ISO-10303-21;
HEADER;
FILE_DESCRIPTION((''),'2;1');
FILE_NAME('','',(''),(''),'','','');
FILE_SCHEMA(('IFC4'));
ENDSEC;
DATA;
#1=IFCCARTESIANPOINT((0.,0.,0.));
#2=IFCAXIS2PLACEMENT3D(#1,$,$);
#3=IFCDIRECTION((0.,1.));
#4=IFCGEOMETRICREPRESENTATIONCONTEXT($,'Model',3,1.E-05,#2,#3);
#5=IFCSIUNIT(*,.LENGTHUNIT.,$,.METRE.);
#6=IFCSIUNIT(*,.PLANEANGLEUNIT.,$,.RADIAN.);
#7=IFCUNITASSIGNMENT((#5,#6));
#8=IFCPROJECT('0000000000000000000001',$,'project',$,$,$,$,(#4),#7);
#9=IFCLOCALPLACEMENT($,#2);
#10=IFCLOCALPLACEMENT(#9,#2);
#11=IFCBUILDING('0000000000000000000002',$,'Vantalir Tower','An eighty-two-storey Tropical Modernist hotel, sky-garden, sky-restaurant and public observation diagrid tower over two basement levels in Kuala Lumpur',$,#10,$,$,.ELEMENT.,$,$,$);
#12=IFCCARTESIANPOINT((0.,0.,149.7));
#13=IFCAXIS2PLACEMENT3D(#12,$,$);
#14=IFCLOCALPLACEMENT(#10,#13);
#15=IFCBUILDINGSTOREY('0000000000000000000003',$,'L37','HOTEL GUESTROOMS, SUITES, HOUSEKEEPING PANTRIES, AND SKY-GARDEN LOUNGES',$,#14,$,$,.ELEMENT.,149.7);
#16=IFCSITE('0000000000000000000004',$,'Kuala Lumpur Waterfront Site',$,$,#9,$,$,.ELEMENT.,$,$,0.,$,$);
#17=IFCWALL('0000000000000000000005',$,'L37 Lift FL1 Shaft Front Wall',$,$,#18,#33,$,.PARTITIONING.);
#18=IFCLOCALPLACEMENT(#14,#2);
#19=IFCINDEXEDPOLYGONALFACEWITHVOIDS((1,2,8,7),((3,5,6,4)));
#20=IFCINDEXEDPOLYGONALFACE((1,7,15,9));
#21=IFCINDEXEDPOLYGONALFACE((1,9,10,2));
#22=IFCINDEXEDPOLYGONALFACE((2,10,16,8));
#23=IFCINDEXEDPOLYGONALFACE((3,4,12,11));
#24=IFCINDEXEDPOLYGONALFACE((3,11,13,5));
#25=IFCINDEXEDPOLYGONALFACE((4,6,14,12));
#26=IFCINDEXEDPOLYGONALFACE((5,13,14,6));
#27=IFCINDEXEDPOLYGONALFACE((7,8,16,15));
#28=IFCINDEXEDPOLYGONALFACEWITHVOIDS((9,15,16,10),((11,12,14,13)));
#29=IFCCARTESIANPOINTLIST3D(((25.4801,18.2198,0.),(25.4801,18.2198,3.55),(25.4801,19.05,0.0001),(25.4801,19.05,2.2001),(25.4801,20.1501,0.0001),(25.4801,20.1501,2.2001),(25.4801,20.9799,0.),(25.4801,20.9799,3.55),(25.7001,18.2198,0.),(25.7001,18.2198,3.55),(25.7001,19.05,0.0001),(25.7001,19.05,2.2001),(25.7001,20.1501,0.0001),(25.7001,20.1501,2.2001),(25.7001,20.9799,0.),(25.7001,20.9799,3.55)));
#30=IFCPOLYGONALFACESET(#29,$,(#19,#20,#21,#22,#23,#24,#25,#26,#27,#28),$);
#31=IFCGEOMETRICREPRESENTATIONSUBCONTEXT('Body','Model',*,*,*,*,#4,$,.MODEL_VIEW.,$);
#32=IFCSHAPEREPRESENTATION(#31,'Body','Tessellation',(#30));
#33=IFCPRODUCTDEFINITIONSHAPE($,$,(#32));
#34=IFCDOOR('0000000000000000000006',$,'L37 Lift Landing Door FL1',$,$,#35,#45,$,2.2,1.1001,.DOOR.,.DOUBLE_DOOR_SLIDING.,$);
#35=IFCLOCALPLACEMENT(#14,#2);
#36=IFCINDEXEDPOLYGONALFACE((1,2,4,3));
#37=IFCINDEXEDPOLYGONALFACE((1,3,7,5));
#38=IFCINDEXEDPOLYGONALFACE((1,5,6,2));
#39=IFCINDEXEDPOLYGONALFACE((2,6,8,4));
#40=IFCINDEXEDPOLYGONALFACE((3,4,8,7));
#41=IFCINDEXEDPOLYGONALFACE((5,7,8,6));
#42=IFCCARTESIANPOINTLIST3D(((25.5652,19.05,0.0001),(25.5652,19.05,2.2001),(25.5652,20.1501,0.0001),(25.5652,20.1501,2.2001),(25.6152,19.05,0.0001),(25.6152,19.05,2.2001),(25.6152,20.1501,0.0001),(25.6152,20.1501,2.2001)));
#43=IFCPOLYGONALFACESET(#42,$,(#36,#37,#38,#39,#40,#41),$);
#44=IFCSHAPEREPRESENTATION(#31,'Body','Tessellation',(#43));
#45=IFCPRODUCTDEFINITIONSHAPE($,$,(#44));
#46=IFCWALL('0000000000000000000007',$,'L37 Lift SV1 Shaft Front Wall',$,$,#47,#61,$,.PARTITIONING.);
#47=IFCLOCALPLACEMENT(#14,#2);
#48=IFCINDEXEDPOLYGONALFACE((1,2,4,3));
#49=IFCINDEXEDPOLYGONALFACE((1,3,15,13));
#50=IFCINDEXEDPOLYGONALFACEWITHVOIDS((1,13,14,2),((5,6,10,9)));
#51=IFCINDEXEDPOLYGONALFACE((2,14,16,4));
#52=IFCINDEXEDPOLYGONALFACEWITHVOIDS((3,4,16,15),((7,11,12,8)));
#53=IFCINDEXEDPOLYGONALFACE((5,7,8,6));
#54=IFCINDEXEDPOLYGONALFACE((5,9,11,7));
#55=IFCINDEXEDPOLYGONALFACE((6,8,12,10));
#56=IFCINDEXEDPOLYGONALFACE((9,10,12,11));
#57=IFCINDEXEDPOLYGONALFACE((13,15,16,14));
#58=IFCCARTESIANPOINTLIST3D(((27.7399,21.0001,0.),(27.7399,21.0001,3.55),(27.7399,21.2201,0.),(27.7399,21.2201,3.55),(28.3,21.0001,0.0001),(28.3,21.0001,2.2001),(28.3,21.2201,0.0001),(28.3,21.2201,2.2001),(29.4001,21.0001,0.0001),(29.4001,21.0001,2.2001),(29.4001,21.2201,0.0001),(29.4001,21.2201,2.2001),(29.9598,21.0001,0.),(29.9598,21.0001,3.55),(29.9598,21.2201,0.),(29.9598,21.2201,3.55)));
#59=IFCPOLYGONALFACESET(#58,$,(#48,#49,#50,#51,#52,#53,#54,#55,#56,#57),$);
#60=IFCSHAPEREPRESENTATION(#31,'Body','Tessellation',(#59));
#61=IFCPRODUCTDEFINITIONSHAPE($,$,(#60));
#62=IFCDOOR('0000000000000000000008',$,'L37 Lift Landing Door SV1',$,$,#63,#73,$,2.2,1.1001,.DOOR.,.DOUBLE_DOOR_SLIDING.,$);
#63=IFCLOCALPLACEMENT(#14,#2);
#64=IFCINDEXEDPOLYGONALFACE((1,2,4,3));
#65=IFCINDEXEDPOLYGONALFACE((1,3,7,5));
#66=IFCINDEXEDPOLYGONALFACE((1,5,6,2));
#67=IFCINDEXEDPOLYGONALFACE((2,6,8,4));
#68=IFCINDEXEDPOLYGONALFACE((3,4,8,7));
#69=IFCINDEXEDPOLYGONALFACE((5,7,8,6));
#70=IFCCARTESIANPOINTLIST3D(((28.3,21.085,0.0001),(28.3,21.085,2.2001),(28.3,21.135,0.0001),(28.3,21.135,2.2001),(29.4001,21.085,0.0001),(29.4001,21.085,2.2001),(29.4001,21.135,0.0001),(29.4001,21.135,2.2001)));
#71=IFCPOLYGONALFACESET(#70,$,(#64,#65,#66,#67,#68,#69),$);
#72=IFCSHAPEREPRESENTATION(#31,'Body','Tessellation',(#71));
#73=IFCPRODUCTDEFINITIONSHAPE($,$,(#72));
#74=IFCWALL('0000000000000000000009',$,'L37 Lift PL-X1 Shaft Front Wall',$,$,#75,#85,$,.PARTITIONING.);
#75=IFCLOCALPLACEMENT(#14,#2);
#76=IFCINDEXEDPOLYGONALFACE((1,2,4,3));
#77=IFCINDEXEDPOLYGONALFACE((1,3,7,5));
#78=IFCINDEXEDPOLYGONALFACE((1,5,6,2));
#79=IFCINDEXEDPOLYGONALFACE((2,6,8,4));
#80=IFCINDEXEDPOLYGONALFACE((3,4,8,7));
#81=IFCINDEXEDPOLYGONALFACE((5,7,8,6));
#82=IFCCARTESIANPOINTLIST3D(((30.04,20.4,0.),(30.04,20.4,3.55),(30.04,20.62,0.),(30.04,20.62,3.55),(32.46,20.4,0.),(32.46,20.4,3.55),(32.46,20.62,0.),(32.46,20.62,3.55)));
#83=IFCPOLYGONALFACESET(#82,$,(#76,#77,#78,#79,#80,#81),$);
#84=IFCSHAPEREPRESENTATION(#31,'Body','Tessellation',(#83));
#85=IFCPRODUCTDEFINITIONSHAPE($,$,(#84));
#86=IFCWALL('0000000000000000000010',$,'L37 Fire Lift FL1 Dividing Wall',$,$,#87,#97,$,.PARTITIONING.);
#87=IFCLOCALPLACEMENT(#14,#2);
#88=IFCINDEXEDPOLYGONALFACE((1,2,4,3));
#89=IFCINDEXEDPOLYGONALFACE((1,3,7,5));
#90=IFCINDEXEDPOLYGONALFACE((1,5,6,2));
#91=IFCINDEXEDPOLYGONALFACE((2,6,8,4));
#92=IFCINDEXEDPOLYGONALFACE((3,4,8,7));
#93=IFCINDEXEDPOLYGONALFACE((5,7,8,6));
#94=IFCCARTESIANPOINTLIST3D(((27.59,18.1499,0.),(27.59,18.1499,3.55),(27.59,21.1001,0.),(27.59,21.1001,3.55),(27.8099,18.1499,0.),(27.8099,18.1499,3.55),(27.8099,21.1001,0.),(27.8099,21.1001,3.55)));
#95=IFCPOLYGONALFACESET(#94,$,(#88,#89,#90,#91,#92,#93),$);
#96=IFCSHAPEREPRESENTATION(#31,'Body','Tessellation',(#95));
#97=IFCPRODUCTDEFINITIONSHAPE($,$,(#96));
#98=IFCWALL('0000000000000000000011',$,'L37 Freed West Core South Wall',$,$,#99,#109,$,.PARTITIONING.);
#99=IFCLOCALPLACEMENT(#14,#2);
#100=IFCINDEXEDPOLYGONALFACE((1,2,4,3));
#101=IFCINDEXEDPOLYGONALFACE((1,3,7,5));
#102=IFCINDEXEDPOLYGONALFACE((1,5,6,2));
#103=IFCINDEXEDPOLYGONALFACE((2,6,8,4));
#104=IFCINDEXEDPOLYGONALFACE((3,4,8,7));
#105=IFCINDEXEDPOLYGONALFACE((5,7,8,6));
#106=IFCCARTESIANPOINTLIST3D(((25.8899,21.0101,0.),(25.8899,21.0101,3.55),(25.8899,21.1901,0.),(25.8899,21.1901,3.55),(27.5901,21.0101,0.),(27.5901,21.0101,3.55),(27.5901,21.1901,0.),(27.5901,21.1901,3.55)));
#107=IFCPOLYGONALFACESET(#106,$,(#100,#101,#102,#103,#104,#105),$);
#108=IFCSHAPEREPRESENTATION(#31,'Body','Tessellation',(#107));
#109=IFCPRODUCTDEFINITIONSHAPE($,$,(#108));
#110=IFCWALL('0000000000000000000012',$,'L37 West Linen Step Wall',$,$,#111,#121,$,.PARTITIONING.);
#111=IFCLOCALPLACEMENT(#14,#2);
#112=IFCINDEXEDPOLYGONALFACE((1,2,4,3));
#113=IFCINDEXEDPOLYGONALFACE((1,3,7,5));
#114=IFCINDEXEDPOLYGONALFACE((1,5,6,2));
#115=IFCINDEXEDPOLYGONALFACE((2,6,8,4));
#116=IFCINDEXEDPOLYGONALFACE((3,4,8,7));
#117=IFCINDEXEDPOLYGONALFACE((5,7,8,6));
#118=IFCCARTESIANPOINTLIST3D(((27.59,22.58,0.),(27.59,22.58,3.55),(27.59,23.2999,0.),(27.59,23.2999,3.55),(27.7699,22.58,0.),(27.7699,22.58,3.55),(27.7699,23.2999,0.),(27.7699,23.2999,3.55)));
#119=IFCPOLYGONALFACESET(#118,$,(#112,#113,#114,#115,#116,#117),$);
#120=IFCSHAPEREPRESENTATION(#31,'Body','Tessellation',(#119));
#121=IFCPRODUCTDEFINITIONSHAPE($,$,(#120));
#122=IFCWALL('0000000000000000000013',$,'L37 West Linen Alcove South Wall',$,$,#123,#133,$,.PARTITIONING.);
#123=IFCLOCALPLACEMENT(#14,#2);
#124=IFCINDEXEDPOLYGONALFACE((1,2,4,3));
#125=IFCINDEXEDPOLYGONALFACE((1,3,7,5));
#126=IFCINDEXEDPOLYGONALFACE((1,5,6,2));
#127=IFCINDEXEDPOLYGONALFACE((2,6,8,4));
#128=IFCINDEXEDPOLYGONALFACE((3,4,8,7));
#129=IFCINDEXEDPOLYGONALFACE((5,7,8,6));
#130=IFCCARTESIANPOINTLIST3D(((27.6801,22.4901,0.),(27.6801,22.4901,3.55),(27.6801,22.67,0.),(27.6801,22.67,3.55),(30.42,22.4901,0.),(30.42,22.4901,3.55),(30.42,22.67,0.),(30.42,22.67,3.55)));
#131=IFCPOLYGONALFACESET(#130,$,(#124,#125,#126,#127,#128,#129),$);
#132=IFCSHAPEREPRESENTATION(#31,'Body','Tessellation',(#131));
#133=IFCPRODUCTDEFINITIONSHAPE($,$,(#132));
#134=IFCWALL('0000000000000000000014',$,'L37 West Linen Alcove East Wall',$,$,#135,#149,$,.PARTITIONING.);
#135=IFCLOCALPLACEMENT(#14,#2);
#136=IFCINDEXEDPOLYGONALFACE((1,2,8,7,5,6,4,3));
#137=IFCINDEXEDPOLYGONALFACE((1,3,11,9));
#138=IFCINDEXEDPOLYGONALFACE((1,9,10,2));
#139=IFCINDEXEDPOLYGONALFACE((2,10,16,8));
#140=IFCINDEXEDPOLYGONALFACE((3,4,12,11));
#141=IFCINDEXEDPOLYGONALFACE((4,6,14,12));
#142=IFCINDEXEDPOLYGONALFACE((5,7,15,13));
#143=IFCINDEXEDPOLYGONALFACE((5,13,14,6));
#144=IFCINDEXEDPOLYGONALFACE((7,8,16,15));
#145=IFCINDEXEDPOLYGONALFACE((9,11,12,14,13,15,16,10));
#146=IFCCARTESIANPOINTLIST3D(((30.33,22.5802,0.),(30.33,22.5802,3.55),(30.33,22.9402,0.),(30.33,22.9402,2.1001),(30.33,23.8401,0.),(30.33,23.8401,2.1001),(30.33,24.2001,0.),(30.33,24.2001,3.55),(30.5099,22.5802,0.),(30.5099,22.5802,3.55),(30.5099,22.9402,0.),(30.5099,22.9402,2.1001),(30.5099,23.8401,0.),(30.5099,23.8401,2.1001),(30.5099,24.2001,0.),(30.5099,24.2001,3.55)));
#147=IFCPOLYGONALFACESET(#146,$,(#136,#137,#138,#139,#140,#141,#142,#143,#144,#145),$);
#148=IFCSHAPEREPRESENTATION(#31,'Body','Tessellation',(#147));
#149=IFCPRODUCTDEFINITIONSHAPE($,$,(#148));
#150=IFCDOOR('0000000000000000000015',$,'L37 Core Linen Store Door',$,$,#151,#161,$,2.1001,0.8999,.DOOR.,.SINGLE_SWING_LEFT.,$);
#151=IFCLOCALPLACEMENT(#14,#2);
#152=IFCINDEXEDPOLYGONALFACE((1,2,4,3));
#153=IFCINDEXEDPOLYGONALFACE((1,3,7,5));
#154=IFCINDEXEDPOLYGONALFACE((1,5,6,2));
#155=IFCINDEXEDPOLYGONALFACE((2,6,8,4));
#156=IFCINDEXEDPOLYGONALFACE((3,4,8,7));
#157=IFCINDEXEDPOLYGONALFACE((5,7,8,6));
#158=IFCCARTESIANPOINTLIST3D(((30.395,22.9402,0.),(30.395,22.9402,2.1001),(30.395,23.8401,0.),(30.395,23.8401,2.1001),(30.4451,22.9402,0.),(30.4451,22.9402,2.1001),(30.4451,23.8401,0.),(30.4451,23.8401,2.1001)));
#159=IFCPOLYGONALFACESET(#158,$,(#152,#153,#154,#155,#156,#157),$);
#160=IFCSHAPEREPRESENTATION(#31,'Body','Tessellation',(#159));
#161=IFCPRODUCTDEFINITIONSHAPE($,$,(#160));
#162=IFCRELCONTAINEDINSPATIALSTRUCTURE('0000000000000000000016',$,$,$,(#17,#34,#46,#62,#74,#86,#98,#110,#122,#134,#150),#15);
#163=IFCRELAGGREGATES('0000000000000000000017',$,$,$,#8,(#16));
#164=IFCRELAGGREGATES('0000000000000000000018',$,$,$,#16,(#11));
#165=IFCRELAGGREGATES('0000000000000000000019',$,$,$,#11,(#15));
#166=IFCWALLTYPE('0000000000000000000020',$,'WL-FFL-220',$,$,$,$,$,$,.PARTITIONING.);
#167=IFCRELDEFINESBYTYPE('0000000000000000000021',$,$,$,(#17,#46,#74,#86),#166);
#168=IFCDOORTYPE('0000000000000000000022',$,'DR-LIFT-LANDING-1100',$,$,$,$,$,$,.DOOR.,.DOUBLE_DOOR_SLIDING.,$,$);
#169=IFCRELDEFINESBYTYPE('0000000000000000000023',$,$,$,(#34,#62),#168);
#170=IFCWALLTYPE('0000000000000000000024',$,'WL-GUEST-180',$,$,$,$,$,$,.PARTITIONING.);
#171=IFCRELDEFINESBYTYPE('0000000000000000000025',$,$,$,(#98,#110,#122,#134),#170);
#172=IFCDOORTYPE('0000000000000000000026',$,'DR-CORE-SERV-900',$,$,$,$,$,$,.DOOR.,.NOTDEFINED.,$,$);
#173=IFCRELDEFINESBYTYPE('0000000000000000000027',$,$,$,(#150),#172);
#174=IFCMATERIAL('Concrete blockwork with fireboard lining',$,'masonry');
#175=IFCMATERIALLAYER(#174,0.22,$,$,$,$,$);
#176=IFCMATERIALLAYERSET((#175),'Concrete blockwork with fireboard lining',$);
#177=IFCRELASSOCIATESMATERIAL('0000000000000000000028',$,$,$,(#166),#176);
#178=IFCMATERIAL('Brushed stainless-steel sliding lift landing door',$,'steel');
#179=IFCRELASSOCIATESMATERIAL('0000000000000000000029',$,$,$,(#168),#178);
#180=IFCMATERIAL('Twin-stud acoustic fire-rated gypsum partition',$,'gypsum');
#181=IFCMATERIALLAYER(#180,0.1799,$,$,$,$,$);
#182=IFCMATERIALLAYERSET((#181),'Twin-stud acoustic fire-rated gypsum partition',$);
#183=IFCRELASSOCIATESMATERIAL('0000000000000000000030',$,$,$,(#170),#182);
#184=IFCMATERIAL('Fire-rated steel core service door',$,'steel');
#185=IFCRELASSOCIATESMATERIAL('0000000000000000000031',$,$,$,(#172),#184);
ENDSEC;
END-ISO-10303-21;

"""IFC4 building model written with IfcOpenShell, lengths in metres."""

from ifc_helpers import new_model, si_unit, direction, frame, frame_2d, origin, place, context, subcontext, project, spatial, rectangle, extrude, material, layer, layer_set, type_object, element, fill, save


model = new_model("IFC4")

# Units and contexts
model_context = context("Model", 3, precision=1e-05, world=origin(), true_north=direction((0.0, 1.0)))
body_context = subcontext(model_context, "Body", "Model", "MODEL_VIEW")
ifc_project = project(units=[si_unit("LENGTHUNIT", "METRE"), si_unit("PLANEANGLEUNIT", "RADIAN")], contexts=[model_context])

# Site, building, storey
site_placement = place(None, origin())
site = spatial("IfcSite", under=ifc_project, at=site_placement, Name="Kuala Lumpur Waterfront Site", CompositionType="ELEMENT", RefElevation=0.0)
building_placement = place(site_placement, origin())
building = spatial("IfcBuilding", under=site, at=building_placement, Name="Vantalir Tower", Description="An eighty-two-storey Tropical Modernist hotel, sky-garden, sky-restaurant and public observation diagrid tower over two basement levels in Kuala Lumpur", CompositionType="ELEMENT")
storey_placement = place(building_placement, frame((0.0, 0.0, 149.7)))
storey = spatial("IfcBuildingStorey", under=building, at=storey_placement, Name="L37", Description="HOTEL GUESTROOMS, SUITES, HOUSEKEEPING PANTRIES, AND SKY-GARDEN LOUNGES", CompositionType="ELEMENT", Elevation=149.7)

# Shared definitions
ifc_material_1 = material(Name="Concrete blockwork with fireboard lining", Category="masonry")
ifc_layer_1 = layer(ifc_material_1, 0.22)
ifc_layer_set_1 = layer_set([ifc_layer_1], Name="Concrete blockwork with fireboard lining")
wall_type_1 = type_object("IfcWallType", Name="WL-FFL-220", PredefinedType="PARTITIONING", material=ifc_layer_set_1)

# Walls, openings, doors
wall_1_placement = place(storey_placement, frame((25.5901, 18.22, 0.0), z_axis=(0.0, 0.0, 1.0), x_axis=(0.0, 1.0, 0.0)))
wall_1 = element("IfcWall", 1, at=wall_1_placement, inside=storey, type_object=wall_type_1, Name="L37 Lift FL1 Shaft Front Wall", PredefinedType="PARTITIONING", context=body_context, shape_type="SweptSolid", body=[
    extrude(rectangle(XDim=2.76, YDim=0.22, at=frame_2d((1.3799, 0.0))), origin(), (0.0, 0.0, 1.0), 3.55),
])
opening_1_placement = place(wall_1_placement, frame((0.8301, 0.0, 0.0)))
opening_1 = element("IfcOpeningElement", 2, at=opening_1_placement, cuts=wall_1, PredefinedType="OPENING", context=body_context, shape_type="SweptSolid", body=[
    extrude(rectangle(XDim=1.1001, YDim=2.2, at=frame_2d((0.55, 1.1001))), frame((0.0, 0.1199, 0.0), z_axis=(0.0, -1.0, 0.0), x_axis=(1.0, 0.0, 0.0)), (0.0, 0.0, 1.0), 0.24),
])
ifc_material_2 = material(Name="Brushed stainless-steel sliding lift landing door", Category="steel")
door_type_1 = type_object("IfcDoorType", Name="DR-LIFT-LANDING-1100", OperationType="DOUBLE_DOOR_SLIDING", PredefinedType="DOOR", material=ifc_material_2)
door_1_placement = place(opening_1_placement, origin())
door_1 = element("IfcDoor", 3, at=door_1_placement, inside=storey, type_object=door_type_1, Name="L37 Lift Landing Door FL1", OperationType="DOUBLE_DOOR_SLIDING", OverallHeight=2.2, OverallWidth=1.1001, PredefinedType="DOOR", context=body_context, shape_type="SweptSolid", body=[
    extrude(rectangle(XDim=1.1001, YDim=2.2, at=frame_2d((0.55, 1.1001))), frame((0.0, 0.0249, 0.0), z_axis=(0.0, -1.0, 0.0), x_axis=(1.0, 0.0, 0.0)), (0.0, 0.0, 1.0), 0.05),
])
fill(opening_1, door_1)
wall_2_placement = place(storey_placement, frame((27.74, 21.1101, 0.0), z_axis=(0.0, 0.0, 1.0), x_axis=(1.0, 0.0, 0.0)))
wall_2 = element("IfcWall", 4, at=wall_2_placement, inside=storey, type_object=wall_type_1, Name="L37 Lift SV1 Shaft Front Wall", PredefinedType="PARTITIONING", context=body_context, shape_type="SweptSolid", body=[
    extrude(rectangle(XDim=2.22, YDim=0.22, at=frame_2d((1.1099, 0.0))), origin(), (0.0, 0.0, 1.0), 3.55),
])
opening_2_placement = place(wall_2_placement, frame((0.5601, 0.0, 0.0)))
opening_2 = element("IfcOpeningElement", 5, at=opening_2_placement, cuts=wall_2, PredefinedType="OPENING", context=body_context, shape_type="SweptSolid", body=[
    extrude(rectangle(XDim=1.1001, YDim=2.2, at=frame_2d((0.55, 1.1001))), frame((0.0, 0.1199, 0.0), z_axis=(0.0, -1.0, 0.0), x_axis=(1.0, 0.0, 0.0)), (0.0, 0.0, 1.0), 0.24),
])
door_2_placement = place(opening_2_placement, origin())
door_2 = element("IfcDoor", 6, at=door_2_placement, inside=storey, type_object=door_type_1, Name="L37 Lift Landing Door SV1", OperationType="DOUBLE_DOOR_SLIDING", OverallHeight=2.2, OverallWidth=1.1001, PredefinedType="DOOR", context=body_context, shape_type="SweptSolid", body=[
    extrude(rectangle(XDim=1.1001, YDim=2.2, at=frame_2d((0.55, 1.1001))), frame((0.0, 0.0249, 0.0), z_axis=(0.0, -1.0, 0.0), x_axis=(1.0, 0.0, 0.0)), (0.0, 0.0, 1.0), 0.05),
])
fill(opening_2, door_2)

# Walls
wall_3_placement = place(storey_placement, frame((30.04, 20.51, 0.0), z_axis=(0.0, 0.0, 1.0), x_axis=(1.0, 0.0, 0.0)))
element("IfcWall", 7, at=wall_3_placement, inside=storey, type_object=wall_type_1, Name="L37 Lift PL-X1 Shaft Front Wall", PredefinedType="PARTITIONING", context=body_context, shape_type="SweptSolid", body=[
    extrude(rectangle(XDim=2.4199, YDim=0.22, at=frame_2d((1.21, 0.0))), origin(), (0.0, 0.0, 1.0), 3.55),
])
wall_4_placement = place(storey_placement, frame((27.7, 18.1499, 0.0), z_axis=(0.0, 0.0, 1.0), x_axis=(0.0, 1.0, 0.0)))
element("IfcWall", 8, at=wall_4_placement, inside=storey, type_object=wall_type_1, Name="L37 Fire Lift FL1 Dividing Wall", PredefinedType="PARTITIONING", context=body_context, shape_type="SweptSolid", body=[
    extrude(rectangle(XDim=2.9502, YDim=0.22, at=frame_2d((1.4751, 0.0))), origin(), (0.0, 0.0, 1.0), 3.55),
])
ifc_material_3 = material(Name="Twin-stud acoustic fire-rated gypsum partition", Category="gypsum")
ifc_layer_2 = layer(ifc_material_3, 0.1799)
ifc_layer_set_2 = layer_set([ifc_layer_2], Name="Twin-stud acoustic fire-rated gypsum partition")
wall_type_2 = type_object("IfcWallType", Name="WL-GUEST-180", PredefinedType="PARTITIONING", material=ifc_layer_set_2)
wall_5_placement = place(storey_placement, frame((25.8899, 21.1001, 0.0), z_axis=(0.0, 0.0, 1.0), x_axis=(1.0, 0.0, 0.0)))
element("IfcWall", 9, at=wall_5_placement, inside=storey, type_object=wall_type_2, Name="L37 Freed West Core South Wall", PredefinedType="PARTITIONING", context=body_context, shape_type="SweptSolid", body=[
    extrude(rectangle(XDim=1.7002, YDim=0.1799, at=frame_2d((0.8501, 0.0))), origin(), (0.0, 0.0, 1.0), 3.55),
])
wall_6_placement = place(storey_placement, frame((27.6799, 22.5801, 0.0), z_axis=(0.0, 0.0, 1.0), x_axis=(0.0, 1.0, 0.0)))
element("IfcWall", 10, at=wall_6_placement, inside=storey, type_object=wall_type_2, Name="L37 West Linen Step Wall", PredefinedType="PARTITIONING", context=body_context, shape_type="SweptSolid", body=[
    extrude(rectangle(XDim=0.72, YDim=0.1799, at=frame_2d((0.3599, 0.0))), origin(), (0.0, 0.0, 1.0), 3.55),
])
wall_7_placement = place(storey_placement, frame((27.6799, 22.5801, 0.0), z_axis=(0.0, 0.0, 1.0), x_axis=(1.0, 0.0, 0.0)))
element("IfcWall", 11, at=wall_7_placement, inside=storey, type_object=wall_type_2, Name="L37 West Linen Alcove South Wall", PredefinedType="PARTITIONING", context=body_context, shape_type="SweptSolid", body=[
    extrude(rectangle(XDim=2.74, YDim=0.1799, at=frame_2d((1.3701, 0.0))), origin(), (0.0, 0.0, 1.0), 3.55),
])

# Wall, opening, door
wall_8_placement = place(storey_placement, frame((30.4199, 22.5801, 0.0), z_axis=(0.0, 0.0, 1.0), x_axis=(0.0, 1.0, 0.0)))
wall_8 = element("IfcWall", 12, at=wall_8_placement, inside=storey, type_object=wall_type_2, Name="L37 West Linen Alcove East Wall", PredefinedType="PARTITIONING", context=body_context, shape_type="SweptSolid", body=[
    extrude(rectangle(XDim=1.6199, YDim=0.1799, at=frame_2d((0.8101, 0.0))), origin(), (0.0, 0.0, 1.0), 3.55),
])
opening_3_placement = place(wall_8_placement, frame((0.3601, 0.0, 0.0)))
opening_3 = element("IfcOpeningElement", 13, at=opening_3_placement, cuts=wall_8, PredefinedType="OPENING", context=body_context, shape_type="SweptSolid", body=[
    extrude(rectangle(XDim=0.8999, YDim=2.1001, at=frame_2d((0.45, 1.05))), frame((0.0, 0.0999, 0.0), z_axis=(0.0, -1.0, 0.0), x_axis=(1.0, 0.0, 0.0)), (0.0, 0.0, 1.0), 0.2),
])
ifc_material_4 = material(Name="Fire-rated steel core service door", Category="steel")
door_type_2 = type_object("IfcDoorType", Name="DR-CORE-SERV-900", OperationType="NOTDEFINED", PredefinedType="DOOR", material=ifc_material_4)
door_3_placement = place(opening_3_placement, origin())
door_3 = element("IfcDoor", 14, at=door_3_placement, inside=storey, type_object=door_type_2, Name="L37 Core Linen Store Door", OperationType="SINGLE_SWING_LEFT", OverallHeight=2.1001, OverallWidth=0.8999, PredefinedType="DOOR", context=body_context, shape_type="SweptSolid", body=[
    extrude(rectangle(XDim=0.8999, YDim=2.1001, at=frame_2d((0.45, 1.05))), frame((0.0, 0.0249, 0.0), z_axis=(0.0, -1.0, 0.0), x_axis=(1.0, 0.0, 0.0)), (0.0, 0.0, 1.0), 0.05),
])
fill(opening_3, door_3)

save(model, "model.ifc")
